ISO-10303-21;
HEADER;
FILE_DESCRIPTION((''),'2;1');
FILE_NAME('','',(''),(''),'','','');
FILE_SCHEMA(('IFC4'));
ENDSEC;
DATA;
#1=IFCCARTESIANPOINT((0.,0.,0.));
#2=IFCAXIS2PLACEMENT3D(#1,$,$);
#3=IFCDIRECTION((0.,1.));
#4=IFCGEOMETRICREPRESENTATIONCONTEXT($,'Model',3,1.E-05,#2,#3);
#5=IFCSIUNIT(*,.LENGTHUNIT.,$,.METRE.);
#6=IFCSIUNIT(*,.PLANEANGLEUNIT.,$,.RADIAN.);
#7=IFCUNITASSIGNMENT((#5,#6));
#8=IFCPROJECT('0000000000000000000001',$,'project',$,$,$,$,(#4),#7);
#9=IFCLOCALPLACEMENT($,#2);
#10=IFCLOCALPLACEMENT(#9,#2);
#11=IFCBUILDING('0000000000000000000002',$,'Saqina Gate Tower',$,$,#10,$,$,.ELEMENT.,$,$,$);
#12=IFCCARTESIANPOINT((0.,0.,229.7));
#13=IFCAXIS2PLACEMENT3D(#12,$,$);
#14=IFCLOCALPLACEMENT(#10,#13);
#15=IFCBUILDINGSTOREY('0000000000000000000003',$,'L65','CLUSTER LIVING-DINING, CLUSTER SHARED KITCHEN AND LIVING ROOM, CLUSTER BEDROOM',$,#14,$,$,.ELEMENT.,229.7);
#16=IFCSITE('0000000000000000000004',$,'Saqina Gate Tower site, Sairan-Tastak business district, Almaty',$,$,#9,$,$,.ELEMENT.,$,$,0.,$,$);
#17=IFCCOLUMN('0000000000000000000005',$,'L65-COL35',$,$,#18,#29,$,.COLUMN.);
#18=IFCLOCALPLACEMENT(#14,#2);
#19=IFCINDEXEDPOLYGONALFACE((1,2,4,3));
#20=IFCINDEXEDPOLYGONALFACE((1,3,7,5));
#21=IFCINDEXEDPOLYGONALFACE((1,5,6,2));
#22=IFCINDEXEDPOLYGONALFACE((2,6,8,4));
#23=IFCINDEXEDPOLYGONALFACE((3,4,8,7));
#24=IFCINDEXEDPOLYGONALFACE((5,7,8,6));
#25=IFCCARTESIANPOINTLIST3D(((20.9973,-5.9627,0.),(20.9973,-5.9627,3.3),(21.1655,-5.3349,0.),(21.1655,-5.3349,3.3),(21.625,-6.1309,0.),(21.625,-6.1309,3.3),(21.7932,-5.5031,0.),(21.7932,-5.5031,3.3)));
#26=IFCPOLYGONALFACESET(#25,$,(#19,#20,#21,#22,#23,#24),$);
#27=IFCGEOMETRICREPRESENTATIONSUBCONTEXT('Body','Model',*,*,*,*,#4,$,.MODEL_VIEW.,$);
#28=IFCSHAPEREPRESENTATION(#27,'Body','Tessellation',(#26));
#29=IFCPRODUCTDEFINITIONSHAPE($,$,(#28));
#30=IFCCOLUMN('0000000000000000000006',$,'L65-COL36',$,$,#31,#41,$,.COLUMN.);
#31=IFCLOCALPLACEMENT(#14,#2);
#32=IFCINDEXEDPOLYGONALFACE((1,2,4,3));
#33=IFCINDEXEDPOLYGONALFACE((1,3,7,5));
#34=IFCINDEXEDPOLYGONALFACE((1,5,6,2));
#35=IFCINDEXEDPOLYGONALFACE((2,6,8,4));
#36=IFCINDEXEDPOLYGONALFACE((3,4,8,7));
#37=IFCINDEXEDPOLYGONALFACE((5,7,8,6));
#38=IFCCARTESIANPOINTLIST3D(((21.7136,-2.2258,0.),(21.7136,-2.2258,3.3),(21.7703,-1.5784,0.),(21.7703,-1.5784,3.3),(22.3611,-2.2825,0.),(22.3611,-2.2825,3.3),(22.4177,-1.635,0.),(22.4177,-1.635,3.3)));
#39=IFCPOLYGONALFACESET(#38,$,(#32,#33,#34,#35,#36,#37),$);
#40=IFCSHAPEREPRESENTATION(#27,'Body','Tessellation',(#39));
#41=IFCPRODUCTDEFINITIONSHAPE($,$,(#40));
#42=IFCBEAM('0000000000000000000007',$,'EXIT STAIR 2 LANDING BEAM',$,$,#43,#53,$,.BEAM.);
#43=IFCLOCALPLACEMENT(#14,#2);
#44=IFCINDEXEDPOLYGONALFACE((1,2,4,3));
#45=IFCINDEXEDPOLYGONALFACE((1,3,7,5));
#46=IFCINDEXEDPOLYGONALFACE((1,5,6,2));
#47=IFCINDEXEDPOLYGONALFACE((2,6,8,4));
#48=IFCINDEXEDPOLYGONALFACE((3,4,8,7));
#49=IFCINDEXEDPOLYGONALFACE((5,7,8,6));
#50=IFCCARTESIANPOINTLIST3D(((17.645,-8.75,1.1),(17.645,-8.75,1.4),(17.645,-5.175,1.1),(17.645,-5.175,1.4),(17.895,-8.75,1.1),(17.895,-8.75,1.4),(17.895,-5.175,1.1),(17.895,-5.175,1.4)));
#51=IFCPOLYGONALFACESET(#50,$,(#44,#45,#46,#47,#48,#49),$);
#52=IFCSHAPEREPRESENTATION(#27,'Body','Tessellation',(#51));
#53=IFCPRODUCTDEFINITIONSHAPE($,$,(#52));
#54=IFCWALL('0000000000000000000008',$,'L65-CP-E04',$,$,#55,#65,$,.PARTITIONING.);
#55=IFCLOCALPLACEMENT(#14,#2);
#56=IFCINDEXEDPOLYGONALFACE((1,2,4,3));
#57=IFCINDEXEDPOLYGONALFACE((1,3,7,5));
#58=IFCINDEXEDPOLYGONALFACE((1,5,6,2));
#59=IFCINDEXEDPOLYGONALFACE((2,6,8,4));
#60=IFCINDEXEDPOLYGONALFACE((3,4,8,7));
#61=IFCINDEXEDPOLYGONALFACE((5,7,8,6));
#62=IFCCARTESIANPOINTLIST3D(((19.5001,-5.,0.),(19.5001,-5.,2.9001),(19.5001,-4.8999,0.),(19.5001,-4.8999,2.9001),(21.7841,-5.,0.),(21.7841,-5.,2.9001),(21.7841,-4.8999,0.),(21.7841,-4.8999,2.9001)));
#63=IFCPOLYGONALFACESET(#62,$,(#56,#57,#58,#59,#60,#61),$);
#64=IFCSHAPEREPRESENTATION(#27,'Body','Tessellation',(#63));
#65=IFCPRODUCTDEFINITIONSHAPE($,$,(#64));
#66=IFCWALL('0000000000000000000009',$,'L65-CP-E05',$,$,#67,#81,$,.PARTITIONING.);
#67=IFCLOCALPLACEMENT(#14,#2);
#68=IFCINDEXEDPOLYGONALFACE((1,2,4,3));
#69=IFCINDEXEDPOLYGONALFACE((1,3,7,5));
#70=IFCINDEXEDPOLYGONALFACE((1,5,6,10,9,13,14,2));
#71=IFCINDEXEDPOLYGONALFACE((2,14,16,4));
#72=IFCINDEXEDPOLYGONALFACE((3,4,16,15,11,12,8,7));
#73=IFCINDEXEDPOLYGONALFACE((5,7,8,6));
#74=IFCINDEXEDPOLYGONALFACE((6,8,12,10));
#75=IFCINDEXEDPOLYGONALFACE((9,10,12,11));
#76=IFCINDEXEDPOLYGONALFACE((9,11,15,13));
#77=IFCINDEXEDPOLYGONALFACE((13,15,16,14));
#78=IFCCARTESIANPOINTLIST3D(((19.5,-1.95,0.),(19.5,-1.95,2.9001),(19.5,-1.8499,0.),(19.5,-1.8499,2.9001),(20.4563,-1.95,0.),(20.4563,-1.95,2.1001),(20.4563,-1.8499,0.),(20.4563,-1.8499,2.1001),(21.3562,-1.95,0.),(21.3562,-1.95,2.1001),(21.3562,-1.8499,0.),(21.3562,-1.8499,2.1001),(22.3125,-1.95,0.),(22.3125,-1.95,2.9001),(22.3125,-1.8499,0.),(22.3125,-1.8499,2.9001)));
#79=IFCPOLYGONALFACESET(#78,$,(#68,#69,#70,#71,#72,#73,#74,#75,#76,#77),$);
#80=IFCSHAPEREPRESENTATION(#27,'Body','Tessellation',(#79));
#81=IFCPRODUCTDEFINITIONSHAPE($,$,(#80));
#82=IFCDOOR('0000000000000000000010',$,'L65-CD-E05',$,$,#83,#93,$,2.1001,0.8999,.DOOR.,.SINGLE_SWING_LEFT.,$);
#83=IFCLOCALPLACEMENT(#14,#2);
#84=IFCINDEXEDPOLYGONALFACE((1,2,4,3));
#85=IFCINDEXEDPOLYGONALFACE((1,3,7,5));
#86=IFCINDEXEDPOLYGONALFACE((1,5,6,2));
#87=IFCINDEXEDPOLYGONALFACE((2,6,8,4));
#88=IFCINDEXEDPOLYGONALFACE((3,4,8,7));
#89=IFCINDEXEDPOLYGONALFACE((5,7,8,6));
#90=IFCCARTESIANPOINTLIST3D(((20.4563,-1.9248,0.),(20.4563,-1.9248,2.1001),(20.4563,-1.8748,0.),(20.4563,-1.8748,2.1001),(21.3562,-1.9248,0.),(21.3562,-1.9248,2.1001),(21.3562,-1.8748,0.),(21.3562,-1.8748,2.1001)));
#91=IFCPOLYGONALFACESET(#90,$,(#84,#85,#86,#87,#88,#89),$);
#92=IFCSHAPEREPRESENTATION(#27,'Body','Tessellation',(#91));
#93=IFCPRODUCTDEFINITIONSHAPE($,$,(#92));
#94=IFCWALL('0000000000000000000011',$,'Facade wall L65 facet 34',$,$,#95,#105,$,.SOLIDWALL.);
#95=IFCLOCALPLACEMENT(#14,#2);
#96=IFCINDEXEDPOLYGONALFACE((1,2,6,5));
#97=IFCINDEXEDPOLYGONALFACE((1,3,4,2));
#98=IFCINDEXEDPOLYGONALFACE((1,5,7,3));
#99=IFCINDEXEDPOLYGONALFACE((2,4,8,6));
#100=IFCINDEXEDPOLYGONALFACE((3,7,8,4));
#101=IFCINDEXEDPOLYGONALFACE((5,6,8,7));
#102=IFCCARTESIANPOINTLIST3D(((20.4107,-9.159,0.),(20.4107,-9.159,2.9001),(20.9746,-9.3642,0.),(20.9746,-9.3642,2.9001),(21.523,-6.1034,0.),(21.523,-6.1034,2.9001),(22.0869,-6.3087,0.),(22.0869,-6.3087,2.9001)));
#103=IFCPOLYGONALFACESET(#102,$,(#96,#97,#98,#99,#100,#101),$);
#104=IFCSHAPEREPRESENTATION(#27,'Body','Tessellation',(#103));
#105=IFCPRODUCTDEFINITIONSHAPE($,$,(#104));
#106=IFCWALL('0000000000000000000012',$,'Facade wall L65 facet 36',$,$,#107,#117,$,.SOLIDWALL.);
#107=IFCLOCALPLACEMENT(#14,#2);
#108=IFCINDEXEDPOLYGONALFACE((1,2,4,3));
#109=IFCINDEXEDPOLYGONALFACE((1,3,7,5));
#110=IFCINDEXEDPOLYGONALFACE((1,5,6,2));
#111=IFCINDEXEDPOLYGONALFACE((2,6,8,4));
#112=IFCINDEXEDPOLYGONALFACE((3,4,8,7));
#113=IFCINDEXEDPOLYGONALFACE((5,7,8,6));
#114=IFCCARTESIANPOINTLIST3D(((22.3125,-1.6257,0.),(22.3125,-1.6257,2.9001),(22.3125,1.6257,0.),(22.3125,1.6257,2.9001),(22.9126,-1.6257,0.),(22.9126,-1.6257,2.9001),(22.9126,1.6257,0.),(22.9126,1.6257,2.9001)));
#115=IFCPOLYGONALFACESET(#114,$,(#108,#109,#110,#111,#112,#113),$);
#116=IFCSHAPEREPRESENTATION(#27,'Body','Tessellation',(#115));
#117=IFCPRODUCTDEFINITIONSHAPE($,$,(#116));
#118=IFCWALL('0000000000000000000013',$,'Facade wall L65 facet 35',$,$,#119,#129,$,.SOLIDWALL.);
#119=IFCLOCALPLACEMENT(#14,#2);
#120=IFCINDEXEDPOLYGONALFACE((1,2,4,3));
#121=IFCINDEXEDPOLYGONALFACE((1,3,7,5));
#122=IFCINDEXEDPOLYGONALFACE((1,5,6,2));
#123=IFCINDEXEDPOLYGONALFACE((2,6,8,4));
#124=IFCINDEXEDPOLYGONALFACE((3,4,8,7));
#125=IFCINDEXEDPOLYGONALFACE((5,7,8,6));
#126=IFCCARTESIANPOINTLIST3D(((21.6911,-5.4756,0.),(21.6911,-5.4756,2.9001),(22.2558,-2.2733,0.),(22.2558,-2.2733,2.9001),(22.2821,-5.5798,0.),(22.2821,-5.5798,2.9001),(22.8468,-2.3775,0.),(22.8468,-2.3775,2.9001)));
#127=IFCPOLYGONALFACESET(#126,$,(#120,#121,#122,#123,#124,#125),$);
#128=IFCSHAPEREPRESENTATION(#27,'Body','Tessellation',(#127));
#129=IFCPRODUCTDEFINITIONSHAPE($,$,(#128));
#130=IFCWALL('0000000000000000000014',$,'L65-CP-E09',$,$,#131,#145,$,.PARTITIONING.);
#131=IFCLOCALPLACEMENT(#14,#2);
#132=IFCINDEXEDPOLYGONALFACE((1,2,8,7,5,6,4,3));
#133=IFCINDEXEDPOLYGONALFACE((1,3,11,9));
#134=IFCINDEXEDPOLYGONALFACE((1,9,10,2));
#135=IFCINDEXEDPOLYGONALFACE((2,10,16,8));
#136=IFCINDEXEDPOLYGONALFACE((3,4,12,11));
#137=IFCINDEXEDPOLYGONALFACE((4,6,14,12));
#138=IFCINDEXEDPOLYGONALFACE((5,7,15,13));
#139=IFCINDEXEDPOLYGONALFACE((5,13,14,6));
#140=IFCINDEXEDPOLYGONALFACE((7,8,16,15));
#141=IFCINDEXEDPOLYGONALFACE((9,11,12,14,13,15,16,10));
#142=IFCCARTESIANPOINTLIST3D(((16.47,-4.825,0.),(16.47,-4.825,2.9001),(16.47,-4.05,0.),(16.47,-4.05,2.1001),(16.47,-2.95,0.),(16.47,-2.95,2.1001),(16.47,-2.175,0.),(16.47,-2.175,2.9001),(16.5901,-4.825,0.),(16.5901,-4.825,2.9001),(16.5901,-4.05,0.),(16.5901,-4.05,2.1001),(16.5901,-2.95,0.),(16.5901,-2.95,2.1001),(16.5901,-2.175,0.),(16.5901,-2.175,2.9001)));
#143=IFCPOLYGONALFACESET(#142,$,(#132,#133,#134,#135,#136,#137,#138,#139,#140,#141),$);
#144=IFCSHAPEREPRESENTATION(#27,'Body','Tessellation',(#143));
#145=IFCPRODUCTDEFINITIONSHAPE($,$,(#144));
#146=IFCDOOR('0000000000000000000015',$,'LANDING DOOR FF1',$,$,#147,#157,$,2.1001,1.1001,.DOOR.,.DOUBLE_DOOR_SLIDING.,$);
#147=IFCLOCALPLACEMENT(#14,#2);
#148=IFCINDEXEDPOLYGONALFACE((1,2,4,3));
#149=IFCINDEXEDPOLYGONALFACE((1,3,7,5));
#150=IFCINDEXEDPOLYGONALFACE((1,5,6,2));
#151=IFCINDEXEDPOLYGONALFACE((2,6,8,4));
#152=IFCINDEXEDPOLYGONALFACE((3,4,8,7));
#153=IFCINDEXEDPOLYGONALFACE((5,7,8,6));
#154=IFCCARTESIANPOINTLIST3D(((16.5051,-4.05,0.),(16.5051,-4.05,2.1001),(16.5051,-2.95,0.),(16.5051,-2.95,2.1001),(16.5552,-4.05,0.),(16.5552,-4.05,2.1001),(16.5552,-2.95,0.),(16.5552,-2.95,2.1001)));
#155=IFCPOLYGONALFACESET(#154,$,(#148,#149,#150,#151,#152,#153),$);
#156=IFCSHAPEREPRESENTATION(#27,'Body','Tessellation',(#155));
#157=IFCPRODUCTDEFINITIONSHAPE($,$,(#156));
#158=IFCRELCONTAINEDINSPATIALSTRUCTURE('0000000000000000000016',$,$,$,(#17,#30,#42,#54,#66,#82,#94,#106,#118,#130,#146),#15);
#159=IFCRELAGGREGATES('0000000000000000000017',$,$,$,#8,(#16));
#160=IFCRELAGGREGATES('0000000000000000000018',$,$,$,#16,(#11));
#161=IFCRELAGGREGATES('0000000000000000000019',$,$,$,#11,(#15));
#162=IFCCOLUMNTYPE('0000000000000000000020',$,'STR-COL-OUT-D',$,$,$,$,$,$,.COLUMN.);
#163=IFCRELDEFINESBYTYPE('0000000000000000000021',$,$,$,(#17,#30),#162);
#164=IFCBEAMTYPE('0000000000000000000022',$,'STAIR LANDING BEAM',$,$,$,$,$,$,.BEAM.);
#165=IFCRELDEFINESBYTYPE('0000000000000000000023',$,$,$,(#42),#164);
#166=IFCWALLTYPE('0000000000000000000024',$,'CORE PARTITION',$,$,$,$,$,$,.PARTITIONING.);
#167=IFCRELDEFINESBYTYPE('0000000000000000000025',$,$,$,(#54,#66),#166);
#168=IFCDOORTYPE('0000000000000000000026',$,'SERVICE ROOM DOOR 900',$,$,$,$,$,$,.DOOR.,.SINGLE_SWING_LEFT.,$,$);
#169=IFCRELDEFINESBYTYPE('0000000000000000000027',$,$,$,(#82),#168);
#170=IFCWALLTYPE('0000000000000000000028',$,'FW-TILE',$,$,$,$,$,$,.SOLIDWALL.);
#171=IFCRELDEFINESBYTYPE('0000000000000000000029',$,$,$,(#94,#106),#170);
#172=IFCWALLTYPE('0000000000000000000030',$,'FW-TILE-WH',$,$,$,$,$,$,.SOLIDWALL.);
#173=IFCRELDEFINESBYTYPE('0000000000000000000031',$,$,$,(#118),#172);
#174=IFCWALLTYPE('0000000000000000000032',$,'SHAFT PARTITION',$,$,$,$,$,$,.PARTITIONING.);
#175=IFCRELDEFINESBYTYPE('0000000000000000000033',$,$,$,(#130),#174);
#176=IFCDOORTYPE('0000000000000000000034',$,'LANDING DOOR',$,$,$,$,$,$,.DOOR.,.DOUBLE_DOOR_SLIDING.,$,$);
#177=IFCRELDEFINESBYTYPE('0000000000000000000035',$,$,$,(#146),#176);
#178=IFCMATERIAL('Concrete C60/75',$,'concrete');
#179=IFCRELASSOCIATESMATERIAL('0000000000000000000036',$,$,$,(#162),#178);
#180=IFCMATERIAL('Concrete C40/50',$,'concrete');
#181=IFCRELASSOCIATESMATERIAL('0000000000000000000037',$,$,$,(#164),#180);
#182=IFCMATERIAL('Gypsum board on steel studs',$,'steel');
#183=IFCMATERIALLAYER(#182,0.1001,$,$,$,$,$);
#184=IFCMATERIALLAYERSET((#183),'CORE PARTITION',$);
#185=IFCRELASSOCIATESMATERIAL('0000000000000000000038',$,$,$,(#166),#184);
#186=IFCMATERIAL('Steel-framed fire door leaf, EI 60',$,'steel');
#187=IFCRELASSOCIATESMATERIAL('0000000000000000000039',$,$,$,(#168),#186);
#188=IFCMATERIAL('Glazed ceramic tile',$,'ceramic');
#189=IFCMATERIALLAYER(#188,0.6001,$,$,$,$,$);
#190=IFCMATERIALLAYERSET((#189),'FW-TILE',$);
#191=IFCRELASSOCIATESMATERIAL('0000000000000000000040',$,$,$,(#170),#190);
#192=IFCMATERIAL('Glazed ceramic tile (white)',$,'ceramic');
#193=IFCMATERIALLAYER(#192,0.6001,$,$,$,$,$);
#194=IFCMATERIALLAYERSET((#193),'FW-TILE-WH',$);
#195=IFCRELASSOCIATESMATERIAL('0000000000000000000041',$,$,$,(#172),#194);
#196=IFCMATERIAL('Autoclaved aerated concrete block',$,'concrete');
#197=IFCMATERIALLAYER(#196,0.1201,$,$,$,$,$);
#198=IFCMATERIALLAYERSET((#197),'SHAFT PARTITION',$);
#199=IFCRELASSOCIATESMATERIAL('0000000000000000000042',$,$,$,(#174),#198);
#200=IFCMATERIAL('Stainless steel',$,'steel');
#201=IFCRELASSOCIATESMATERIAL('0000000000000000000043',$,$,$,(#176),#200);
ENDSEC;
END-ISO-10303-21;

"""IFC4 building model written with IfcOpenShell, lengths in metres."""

from ifc_helpers import new_model, si_unit, direction, frame, frame_2d, origin, origin_2d, place, context, subcontext, project, spatial, rectangle, extrude, material, layer, layer_set, material_profile, profile_set, type_object, element, fill, save


model = new_model("IFC4")

# Units and contexts
model_context = context("Model", 3, precision=1e-05, world=origin(), true_north=direction((0.0, 1.0)))
body_context = subcontext(model_context, "Body", "Model", "MODEL_VIEW")
ifc_project = project(units=[si_unit("LENGTHUNIT", "METRE"), si_unit("PLANEANGLEUNIT", "RADIAN")], contexts=[model_context])

# Site, building, storey
site_placement = place(None, origin())
site = spatial("IfcSite", under=ifc_project, at=site_placement, Name="Saqina Gate Tower site, Sairan-Tastak business district, Almaty", CompositionType="ELEMENT", RefElevation=0.0)
building_placement = place(site_placement, origin())
building = spatial("IfcBuilding", under=site, at=building_placement, Name="Saqina Gate Tower", CompositionType="ELEMENT")
storey_placement = place(building_placement, frame((0.0, 0.0, 229.7)))
storey = spatial("IfcBuildingStorey", under=building, at=storey_placement, Name="L65", Description="CLUSTER LIVING-DINING, CLUSTER SHARED KITCHEN AND LIVING ROOM, CLUSTER BEDROOM", CompositionType="ELEMENT", Elevation=229.7)

# Columns
ifc_material_1 = material(Name="Concrete C60/75", Category="concrete")
ifc_material_profile_1 = material_profile(ifc_material_1, rectangle(XDim=0.6499, YDim=0.6499, at=origin_2d()), Name="RC 650x650")
ifc_profile_set_1 = profile_set([ifc_material_profile_1], Name="Concrete C60/75")
column_type = type_object("IfcColumnType", Name="STR-COL-OUT-D", PredefinedType="COLUMN", material=ifc_profile_set_1)
for number, where, z_axis, x_axis, name in (
    (1, (21.3953, -5.7329, 0.0), (0.0, 0.0, 1.0), (0.965926, -0.258819, 0.0), "L65-COL35"),
    (2, (22.0657, -1.9304, 0.0), (0.0, 0.0, 1.0), (0.996195, -0.087156, 0.0), "L65-COL36"),
):
    element("IfcColumn", number, at=place(storey_placement, frame(where, z_axis=z_axis, x_axis=x_axis)), inside=storey, type_object=column_type, Name=name, PredefinedType="COLUMN", context=body_context, shape_type="SweptSolid", body=[
        extrude(rectangle(XDim=0.6499, YDim=0.6499, at=origin_2d()), origin(), (0.0, 0.0, 1.0), 3.3),
    ])

# Beam
ifc_material_2 = material(Name="Concrete C40/50", Category="concrete")
ifc_material_profile_2 = material_profile(ifc_material_2, rectangle(XDim=0.25, YDim=0.3, at=origin_2d()), Name="STAIR LANDING BEAM")
ifc_profile_set_2 = profile_set([ifc_material_profile_2], Name="Concrete C40/50")
beam_type = type_object("IfcBeamType", Name="STAIR LANDING BEAM", PredefinedType="BEAM", material=ifc_profile_set_2)
beam_placement = place(storey_placement, frame((17.77, -8.75, 1.25), z_axis=(0.0, 1.0, 0.0), x_axis=(-1.0, 0.0, 0.0)))
element("IfcBeam", 3, at=beam_placement, inside=storey, type_object=beam_type, Name="EXIT STAIR 2 LANDING BEAM", PredefinedType="BEAM", context=body_context, shape_type="SweptSolid", body=[
    extrude(rectangle(XDim=0.25, YDim=0.3, at=origin_2d()), origin(), (0.0, 0.0, 1.0), 3.575),
])

# Wall
ifc_material_3 = material(Name="Gypsum board on steel studs", Category="steel")
ifc_layer_1 = layer(ifc_material_3, 0.1001)
ifc_layer_set_1 = layer_set([ifc_layer_1], Name="CORE PARTITION")
wall_type_1 = type_object("IfcWallType", Name="CORE PARTITION", PredefinedType="PARTITIONING", material=ifc_layer_set_1)
wall_1_placement = place(storey_placement, frame((19.5, -4.95, 0.0), z_axis=(0.0, 0.0, 1.0), x_axis=(1.0, 0.0, 0.0)))
element("IfcWall", 4, at=wall_1_placement, inside=storey, type_object=wall_type_1, Name="L65-CP-E04", PredefinedType="PARTITIONING", context=body_context, shape_type="SweptSolid", body=[
    extrude(rectangle(XDim=2.2839, YDim=0.1001, at=frame_2d((1.1421, 0.0))), origin(), (0.0, 0.0, 1.0), 2.9001),
])

# Wall, opening, door
wall_2_placement = place(storey_placement, frame((19.5, -1.8999, 0.0), z_axis=(0.0, 0.0, 1.0), x_axis=(1.0, 0.0, 0.0)))
wall_2 = element("IfcWall", 5, at=wall_2_placement, inside=storey, type_object=wall_type_1, Name="L65-CP-E05", PredefinedType="PARTITIONING", context=body_context, shape_type="SweptSolid", body=[
    extrude(rectangle(XDim=2.8125, YDim=0.1001, at=frame_2d((1.4062, 0.0))), origin(), (0.0, 0.0, 1.0), 2.9001),
])
opening_1_placement = place(wall_2_placement, frame((0.9563, 0.0, 0.0)))
opening_1 = element("IfcOpeningElement", 6, at=opening_1_placement, cuts=wall_2, PredefinedType="OPENING", context=body_context, shape_type="SweptSolid", body=[
    extrude(rectangle(XDim=0.8999, YDim=2.1001, at=frame_2d((0.45, 1.05))), frame((0.0, 0.062, 0.0), z_axis=(0.0, -1.0, 0.0), x_axis=(1.0, 0.0, 0.0)), (0.0, 0.0, 1.0), 0.124),
])
ifc_material_4 = material(Name="Steel-framed fire door leaf, EI 60", Category="steel")
door_type_1 = type_object("IfcDoorType", Name="SERVICE ROOM DOOR 900", OperationType="SINGLE_SWING_LEFT", PredefinedType="DOOR", material=ifc_material_4)
door_1_placement = place(opening_1_placement, frame((0.8999, 0.0, 0.0), z_axis=(0.0, 0.0, 1.0), x_axis=(-1.0, 0.0, 0.0)))
door_1 = element("IfcDoor", 7, at=door_1_placement, inside=storey, type_object=door_type_1, Name="L65-CD-E05", OperationType="SINGLE_SWING_LEFT", OverallHeight=2.1001, OverallWidth=0.8999, PredefinedType="DOOR", context=body_context, shape_type="SweptSolid", body=[
    extrude(rectangle(XDim=0.8999, YDim=2.1001, at=frame_2d((0.45, 1.05))), frame((0.0, 0.0249, 0.0), z_axis=(0.0, -1.0, 0.0), x_axis=(1.0, 0.0, 0.0)), (0.0, 0.0, 1.0), 0.05),
])
fill(opening_1, door_1)

# Walls
ifc_material_5 = material(Name="Glazed ceramic tile", Category="ceramic")
ifc_layer_2 = layer(ifc_material_5, 0.6001)
ifc_layer_set_2 = layer_set([ifc_layer_2], Name="FW-TILE")
wall_type_2 = type_object("IfcWallType", Name="FW-TILE", PredefinedType="SOLIDWALL", material=ifc_layer_set_2)
wall_3_placement = place(storey_placement, frame((20.6926, -9.2617, 0.0), z_axis=(0.0, 0.0, 1.0), x_axis=(0.342057, 0.939679, 0.0)))
element("IfcWall", 8, at=wall_3_placement, inside=storey, type_object=wall_type_2, Name="Facade wall L65 facet 34", PredefinedType="SOLIDWALL", context=body_context, shape_type="SweptSolid", body=[
    extrude(rectangle(XDim=3.2517, YDim=0.6001, at=frame_2d((1.626, 0.0))), origin(), (0.0, 0.0, 1.0), 2.9001),
])
wall_4_placement = place(storey_placement, frame((22.6125, -1.6257, 0.0), z_axis=(0.0, 0.0, 1.0), x_axis=(0.0, 1.0, 0.0)))
element("IfcWall", 9, at=wall_4_placement, inside=storey, type_object=wall_type_2, Name="Facade wall L65 facet 36", PredefinedType="SOLIDWALL", context=body_context, shape_type="SweptSolid", body=[
    extrude(rectangle(XDim=3.2515, YDim=0.6001, at=frame_2d((1.6257, 0.0))), origin(), (0.0, 0.0, 1.0), 2.9001),
])
ifc_material_6 = material(Name="Glazed ceramic tile (white)", Category="ceramic")
ifc_layer_3 = layer(ifc_material_6, 0.6001)
ifc_layer_set_3 = layer_set([ifc_layer_3], Name="FW-TILE-WH")
wall_type_3 = type_object("IfcWallType", Name="FW-TILE-WH", PredefinedType="SOLIDWALL", material=ifc_layer_set_3)
wall_5_placement = place(storey_placement, frame((21.9866, -5.5278, 0.0), z_axis=(0.0, 0.0, 1.0), x_axis=(0.173657, 0.984806, 0.0)))
element("IfcWall", 10, at=wall_5_placement, inside=storey, type_object=wall_type_3, Name="Facade wall L65 facet 35", PredefinedType="SOLIDWALL", context=body_context, shape_type="SweptSolid", body=[
    extrude(rectangle(XDim=3.2517, YDim=0.6001, at=frame_2d((1.626, 0.0))), origin(), (0.0, 0.0, 1.0), 2.9001),
])

# Wall, opening, door
ifc_material_7 = material(Name="Autoclaved aerated concrete block", Category="concrete")
ifc_layer_4 = layer(ifc_material_7, 0.1201)
ifc_layer_set_4 = layer_set([ifc_layer_4], Name="SHAFT PARTITION")
wall_type_4 = type_object("IfcWallType", Name="SHAFT PARTITION", PredefinedType="PARTITIONING", material=ifc_layer_set_4)
wall_6_placement = place(storey_placement, frame((16.53, -4.825, 0.0), z_axis=(0.0, 0.0, 1.0), x_axis=(0.0, 1.0, 0.0)))
wall_6 = element("IfcWall", 11, at=wall_6_placement, inside=storey, type_object=wall_type_4, Name="L65-CP-E09", PredefinedType="PARTITIONING", context=body_context, shape_type="SweptSolid", body=[
    extrude(rectangle(XDim=2.6499, YDim=0.1201, at=frame_2d((1.325, 0.0))), origin(), (0.0, 0.0, 1.0), 2.9001),
])
opening_2_placement = place(wall_6_placement, frame((0.7749, 0.0, 0.0)))
opening_2 = element("IfcOpeningElement", 12, at=opening_2_placement, cuts=wall_6, PredefinedType="OPENING", context=body_context, shape_type="SweptSolid", body=[
    extrude(rectangle(XDim=1.1001, YDim=2.1001, at=frame_2d((0.55, 1.05))), frame((0.0, 0.072, 0.0), z_axis=(0.0, -1.0, 0.0), x_axis=(1.0, 0.0, 0.0)), (0.0, 0.0, 1.0), 0.144),
])
ifc_material_8 = material(Name="Stainless steel", Category="steel")
door_type_2 = type_object("IfcDoorType", Name="LANDING DOOR", OperationType="DOUBLE_DOOR_SLIDING", PredefinedType="DOOR", material=ifc_material_8)
door_2_placement = place(opening_2_placement, origin())
door_2 = element("IfcDoor", 13, at=door_2_placement, inside=storey, type_object=door_type_2, Name="LANDING DOOR FF1", OperationType="DOUBLE_DOOR_SLIDING", OverallHeight=2.1001, OverallWidth=1.1001, PredefinedType="DOOR", context=body_context, shape_type="SweptSolid", body=[
    extrude(rectangle(XDim=1.1001, YDim=2.1001, at=frame_2d((0.55, 1.05))), frame((0.0, 0.0249, 0.0), z_axis=(0.0, -1.0, 0.0), x_axis=(1.0, 0.0, 0.0)), (0.0, 0.0, 1.0), 0.05),
])
fill(opening_2, door_2)

save(model, "model.ifc")
